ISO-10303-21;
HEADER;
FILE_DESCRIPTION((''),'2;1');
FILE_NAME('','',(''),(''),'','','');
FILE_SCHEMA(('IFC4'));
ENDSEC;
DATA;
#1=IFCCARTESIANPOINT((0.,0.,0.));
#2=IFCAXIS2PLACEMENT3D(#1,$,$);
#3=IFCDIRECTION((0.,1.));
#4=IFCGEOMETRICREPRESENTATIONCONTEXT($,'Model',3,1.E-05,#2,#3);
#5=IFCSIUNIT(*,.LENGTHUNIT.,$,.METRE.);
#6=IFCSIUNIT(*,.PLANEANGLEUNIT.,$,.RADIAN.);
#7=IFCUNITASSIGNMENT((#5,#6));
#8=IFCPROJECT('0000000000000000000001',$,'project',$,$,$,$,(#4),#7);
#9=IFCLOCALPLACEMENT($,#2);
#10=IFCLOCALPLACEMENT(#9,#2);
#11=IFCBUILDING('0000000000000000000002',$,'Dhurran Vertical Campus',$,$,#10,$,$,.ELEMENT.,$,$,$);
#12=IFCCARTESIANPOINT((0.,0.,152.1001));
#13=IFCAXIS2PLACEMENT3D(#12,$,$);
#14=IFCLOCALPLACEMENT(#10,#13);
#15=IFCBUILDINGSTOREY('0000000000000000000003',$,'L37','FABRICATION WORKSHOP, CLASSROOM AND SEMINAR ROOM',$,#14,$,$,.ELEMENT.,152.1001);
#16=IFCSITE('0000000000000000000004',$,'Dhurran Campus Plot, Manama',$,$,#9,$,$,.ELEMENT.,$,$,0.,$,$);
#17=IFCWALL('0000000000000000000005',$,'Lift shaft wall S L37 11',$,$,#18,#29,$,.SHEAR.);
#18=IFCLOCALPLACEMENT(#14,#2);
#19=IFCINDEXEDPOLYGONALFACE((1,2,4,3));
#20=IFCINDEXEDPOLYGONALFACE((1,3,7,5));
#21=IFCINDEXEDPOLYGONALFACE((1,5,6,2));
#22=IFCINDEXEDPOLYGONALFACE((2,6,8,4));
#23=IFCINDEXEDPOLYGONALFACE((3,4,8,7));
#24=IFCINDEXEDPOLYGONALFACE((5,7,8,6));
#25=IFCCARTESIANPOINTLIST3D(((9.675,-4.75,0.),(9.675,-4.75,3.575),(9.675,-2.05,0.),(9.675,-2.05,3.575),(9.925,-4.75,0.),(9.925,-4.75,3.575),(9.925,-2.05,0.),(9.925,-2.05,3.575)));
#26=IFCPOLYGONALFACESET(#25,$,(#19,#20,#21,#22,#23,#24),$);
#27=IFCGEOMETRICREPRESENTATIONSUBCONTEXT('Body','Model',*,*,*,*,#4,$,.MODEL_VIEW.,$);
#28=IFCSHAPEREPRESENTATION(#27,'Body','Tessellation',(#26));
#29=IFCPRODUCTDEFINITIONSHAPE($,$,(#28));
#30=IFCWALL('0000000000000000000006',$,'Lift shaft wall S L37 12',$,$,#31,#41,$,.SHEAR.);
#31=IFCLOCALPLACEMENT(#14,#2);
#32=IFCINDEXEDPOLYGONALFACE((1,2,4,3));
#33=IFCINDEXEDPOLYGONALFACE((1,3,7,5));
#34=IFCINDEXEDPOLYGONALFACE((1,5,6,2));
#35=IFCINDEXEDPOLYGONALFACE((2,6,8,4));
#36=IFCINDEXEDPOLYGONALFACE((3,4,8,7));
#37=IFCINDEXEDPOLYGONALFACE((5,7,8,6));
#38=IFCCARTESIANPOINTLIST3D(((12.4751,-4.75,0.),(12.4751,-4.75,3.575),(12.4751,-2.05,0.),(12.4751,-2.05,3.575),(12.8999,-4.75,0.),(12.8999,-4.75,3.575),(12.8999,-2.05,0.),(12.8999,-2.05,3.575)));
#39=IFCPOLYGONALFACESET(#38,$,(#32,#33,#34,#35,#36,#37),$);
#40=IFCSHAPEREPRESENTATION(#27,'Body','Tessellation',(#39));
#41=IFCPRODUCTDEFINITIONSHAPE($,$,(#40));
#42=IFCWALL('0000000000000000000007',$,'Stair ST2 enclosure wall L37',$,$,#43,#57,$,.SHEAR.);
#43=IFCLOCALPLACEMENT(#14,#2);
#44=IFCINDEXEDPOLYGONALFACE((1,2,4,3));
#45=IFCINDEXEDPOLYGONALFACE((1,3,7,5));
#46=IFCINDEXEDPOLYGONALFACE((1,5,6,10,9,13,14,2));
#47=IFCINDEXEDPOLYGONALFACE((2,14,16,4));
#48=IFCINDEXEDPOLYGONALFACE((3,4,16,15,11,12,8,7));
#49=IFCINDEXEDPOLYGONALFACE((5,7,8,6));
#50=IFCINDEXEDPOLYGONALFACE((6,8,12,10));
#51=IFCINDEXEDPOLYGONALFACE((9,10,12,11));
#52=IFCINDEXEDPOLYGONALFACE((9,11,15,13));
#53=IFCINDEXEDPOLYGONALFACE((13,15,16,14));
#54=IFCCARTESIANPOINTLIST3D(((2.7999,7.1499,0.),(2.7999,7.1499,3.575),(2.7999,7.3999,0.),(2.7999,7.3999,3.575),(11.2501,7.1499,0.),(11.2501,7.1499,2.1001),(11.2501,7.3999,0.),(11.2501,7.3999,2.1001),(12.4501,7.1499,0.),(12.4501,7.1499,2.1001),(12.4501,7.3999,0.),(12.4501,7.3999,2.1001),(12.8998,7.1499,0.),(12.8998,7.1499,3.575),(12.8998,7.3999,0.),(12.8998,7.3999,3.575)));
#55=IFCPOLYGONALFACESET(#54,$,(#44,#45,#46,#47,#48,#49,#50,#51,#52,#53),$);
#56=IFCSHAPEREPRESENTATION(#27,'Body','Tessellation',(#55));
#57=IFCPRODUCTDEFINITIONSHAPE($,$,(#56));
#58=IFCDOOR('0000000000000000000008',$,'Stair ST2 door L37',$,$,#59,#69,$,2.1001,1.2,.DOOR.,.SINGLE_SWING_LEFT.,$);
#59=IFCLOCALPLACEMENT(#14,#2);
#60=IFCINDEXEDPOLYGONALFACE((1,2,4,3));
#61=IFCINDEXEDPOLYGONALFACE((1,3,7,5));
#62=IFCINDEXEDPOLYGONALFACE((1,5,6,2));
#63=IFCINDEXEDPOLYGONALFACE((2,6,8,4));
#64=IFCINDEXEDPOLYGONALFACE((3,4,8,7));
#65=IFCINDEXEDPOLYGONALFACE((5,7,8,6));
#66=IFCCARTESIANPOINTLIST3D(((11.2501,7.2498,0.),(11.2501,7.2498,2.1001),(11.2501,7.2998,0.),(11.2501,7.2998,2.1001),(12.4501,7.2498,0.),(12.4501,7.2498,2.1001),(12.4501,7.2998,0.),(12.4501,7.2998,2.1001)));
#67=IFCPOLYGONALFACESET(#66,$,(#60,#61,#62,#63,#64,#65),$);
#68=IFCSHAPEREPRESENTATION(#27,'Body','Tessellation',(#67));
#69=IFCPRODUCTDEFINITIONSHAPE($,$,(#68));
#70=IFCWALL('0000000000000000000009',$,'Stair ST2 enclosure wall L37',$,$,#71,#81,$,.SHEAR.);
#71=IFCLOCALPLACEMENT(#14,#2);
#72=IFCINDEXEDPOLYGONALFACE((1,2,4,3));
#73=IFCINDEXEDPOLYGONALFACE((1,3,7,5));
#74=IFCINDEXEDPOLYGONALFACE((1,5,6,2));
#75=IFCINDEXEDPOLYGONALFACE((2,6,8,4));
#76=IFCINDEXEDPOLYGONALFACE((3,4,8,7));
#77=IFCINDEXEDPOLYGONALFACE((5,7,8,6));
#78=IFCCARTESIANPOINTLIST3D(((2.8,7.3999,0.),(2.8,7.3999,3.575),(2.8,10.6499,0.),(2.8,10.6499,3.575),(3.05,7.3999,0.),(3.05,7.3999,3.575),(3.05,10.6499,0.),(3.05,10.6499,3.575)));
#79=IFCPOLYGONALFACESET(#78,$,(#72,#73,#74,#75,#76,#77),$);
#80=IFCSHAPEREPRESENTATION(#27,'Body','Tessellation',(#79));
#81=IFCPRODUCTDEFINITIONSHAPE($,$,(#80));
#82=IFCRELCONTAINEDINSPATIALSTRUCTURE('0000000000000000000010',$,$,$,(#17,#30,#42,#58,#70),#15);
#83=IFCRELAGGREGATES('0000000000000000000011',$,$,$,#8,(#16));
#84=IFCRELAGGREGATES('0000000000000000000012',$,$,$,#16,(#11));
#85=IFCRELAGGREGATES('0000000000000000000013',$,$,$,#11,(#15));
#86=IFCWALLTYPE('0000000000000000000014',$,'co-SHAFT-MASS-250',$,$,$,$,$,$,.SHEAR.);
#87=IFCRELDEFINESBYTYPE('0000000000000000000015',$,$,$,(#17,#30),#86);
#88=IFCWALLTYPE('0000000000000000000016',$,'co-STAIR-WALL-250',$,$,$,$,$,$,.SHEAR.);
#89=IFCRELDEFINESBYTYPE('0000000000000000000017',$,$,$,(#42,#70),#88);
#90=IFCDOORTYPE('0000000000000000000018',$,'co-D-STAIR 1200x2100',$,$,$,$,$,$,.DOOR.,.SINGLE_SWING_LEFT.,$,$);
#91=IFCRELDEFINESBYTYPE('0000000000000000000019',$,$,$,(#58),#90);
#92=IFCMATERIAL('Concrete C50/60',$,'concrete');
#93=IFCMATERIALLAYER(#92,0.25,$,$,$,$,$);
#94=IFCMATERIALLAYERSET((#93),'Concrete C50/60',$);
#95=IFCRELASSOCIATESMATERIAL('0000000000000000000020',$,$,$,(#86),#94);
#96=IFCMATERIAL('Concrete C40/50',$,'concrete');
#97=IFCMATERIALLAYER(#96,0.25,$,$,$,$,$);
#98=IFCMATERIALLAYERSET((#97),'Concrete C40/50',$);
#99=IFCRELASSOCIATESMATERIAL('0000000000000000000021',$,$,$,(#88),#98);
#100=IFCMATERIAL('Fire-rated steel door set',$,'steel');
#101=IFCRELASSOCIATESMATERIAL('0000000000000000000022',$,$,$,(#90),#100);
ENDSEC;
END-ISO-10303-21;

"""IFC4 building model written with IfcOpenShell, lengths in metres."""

from ifc_helpers import new_model, si_unit, direction, frame, frame_2d, origin, place, context, subcontext, project, spatial, polyline, rectangle, outline, extrude, material, layer, layer_set, type_object, element, fill, save


model = new_model("IFC4")

# Units and contexts
model_context = context("Model", 3, precision=1e-05, world=origin(), true_north=direction((0.0, 1.0)))
body_context = subcontext(model_context, "Body", "Model", "MODEL_VIEW")
ifc_project = project(units=[si_unit("LENGTHUNIT", "METRE"), si_unit("PLANEANGLEUNIT", "RADIAN")], contexts=[model_context])

# Site, building, storey
site_placement = place(None, origin())
site = spatial("IfcSite", under=ifc_project, at=site_placement, Name="Dhurran Campus Plot, Manama", CompositionType="ELEMENT", RefElevation=0.0)
building_placement = place(site_placement, origin())
building = spatial("IfcBuilding", under=site, at=building_placement, Name="Dhurran Vertical Campus", CompositionType="ELEMENT")
storey_placement = place(building_placement, frame((0.0, 0.0, 152.1001)))
storey = spatial("IfcBuildingStorey", under=building, at=storey_placement, Name="L37", Description="FABRICATION WORKSHOP, CLASSROOM AND SEMINAR ROOM", CompositionType="ELEMENT", Elevation=152.1001)

# Walls
ifc_material_1 = material(Name="Concrete C50/60", Category="concrete")
ifc_layer_1 = layer(ifc_material_1, 0.25)
ifc_layer_set_1 = layer_set([ifc_layer_1], Name="Concrete C50/60")
wall_type_1 = type_object("IfcWallType", Name="co-SHAFT-MASS-250", PredefinedType="SHEAR", material=ifc_layer_set_1)
wall_1_placement = place(storey_placement, origin())
element("IfcWall", 1, at=wall_1_placement, inside=storey, type_object=wall_type_1, Name="Lift shaft wall S L37 11", PredefinedType="SHEAR", context=body_context, shape_type="SweptSolid", body=[
    extrude(outline(polyline([(9.675, -4.75), (9.925, -4.75), (9.925, -2.05), (9.675, -2.05), (9.675, -4.75)])), origin(), (0.0, 0.0, 1.0), 3.575),
])
wall_2_placement = place(storey_placement, origin())
element("IfcWall", 2, at=wall_2_placement, inside=storey, type_object=wall_type_1, Name="Lift shaft wall S L37 12", PredefinedType="SHEAR", context=body_context, shape_type="SweptSolid", body=[
    extrude(outline(polyline([(12.4751, -4.75), (12.8999, -4.75), (12.8999, -2.05), (12.4751, -2.05), (12.4751, -4.75)])), origin(), (0.0, 0.0, 1.0), 3.575),
])

# Wall, opening, door
ifc_material_2 = material(Name="Concrete C40/50", Category="concrete")
ifc_layer_2 = layer(ifc_material_2, 0.25)
ifc_layer_set_2 = layer_set([ifc_layer_2], Name="Concrete C40/50")
wall_type_2 = type_object("IfcWallType", Name="co-STAIR-WALL-250", PredefinedType="SHEAR", material=ifc_layer_set_2)
wall_3_placement = place(storey_placement, frame((2.8, 7.2749, 0.0), z_axis=(0.0, 0.0, 1.0), x_axis=(1.0, 0.0, 0.0)))
wall_3 = element("IfcWall", 3, at=wall_3_placement, inside=storey, type_object=wall_type_2, Name="Stair ST2 enclosure wall L37", PredefinedType="SHEAR", context=body_context, shape_type="SweptSolid", body=[
    extrude(rectangle(XDim=10.0999, YDim=0.25, at=frame_2d((5.0498, 0.0))), origin(), (0.0, 0.0, 1.0), 3.575),
])
opening_1_placement = place(wall_3_placement, frame((8.45, 0.0, 0.0)))
opening_1 = element("IfcOpeningElement", 4, at=opening_1_placement, cuts=wall_3, PredefinedType="OPENING", context=body_context, shape_type="SweptSolid", body=[
    extrude(rectangle(XDim=1.2, YDim=2.1001, at=frame_2d((0.6001, 1.05))), frame((0.0, 0.135, 0.0), z_axis=(0.0, -1.0, 0.0), x_axis=(1.0, 0.0, 0.0)), (0.0, 0.0, 1.0), 0.27),
])
ifc_material_3 = material(Name="Fire-rated steel door set", Category="steel")
door_type_1 = type_object("IfcDoorType", Name="co-D-STAIR 1200x2100", OperationType="SINGLE_SWING_LEFT", PredefinedType="DOOR", material=ifc_material_3)
door_1_placement = place(opening_1_placement, origin())
door_1 = element("IfcDoor", 5, at=door_1_placement, inside=storey, type_object=door_type_1, Name="Stair ST2 door L37", OperationType="SINGLE_SWING_LEFT", OverallHeight=2.1001, OverallWidth=1.2, PredefinedType="DOOR", context=body_context, shape_type="SweptSolid", body=[
    extrude(rectangle(XDim=1.2, YDim=2.1001, at=frame_2d((0.6001, 1.05))), frame((0.0, 0.0249, 0.0), z_axis=(0.0, -1.0, 0.0), x_axis=(1.0, 0.0, 0.0)), (0.0, 0.0, 1.0), 0.05),
])
fill(opening_1, door_1)

# Wall
wall_4_placement = place(storey_placement, frame((2.925, 7.3999, 0.0), z_axis=(0.0, 0.0, 1.0), x_axis=(0.0, 1.0, 0.0)))
element("IfcWall", 6, at=wall_4_placement, inside=storey, type_object=wall_type_2, Name="Stair ST2 enclosure wall L37", PredefinedType="SHEAR", context=body_context, shape_type="SweptSolid", body=[
    extrude(rectangle(XDim=3.25, YDim=0.25, at=frame_2d((1.625, 0.0))), origin(), (0.0, 0.0, 1.0), 3.575),
])

save(model, "model.ifc")
